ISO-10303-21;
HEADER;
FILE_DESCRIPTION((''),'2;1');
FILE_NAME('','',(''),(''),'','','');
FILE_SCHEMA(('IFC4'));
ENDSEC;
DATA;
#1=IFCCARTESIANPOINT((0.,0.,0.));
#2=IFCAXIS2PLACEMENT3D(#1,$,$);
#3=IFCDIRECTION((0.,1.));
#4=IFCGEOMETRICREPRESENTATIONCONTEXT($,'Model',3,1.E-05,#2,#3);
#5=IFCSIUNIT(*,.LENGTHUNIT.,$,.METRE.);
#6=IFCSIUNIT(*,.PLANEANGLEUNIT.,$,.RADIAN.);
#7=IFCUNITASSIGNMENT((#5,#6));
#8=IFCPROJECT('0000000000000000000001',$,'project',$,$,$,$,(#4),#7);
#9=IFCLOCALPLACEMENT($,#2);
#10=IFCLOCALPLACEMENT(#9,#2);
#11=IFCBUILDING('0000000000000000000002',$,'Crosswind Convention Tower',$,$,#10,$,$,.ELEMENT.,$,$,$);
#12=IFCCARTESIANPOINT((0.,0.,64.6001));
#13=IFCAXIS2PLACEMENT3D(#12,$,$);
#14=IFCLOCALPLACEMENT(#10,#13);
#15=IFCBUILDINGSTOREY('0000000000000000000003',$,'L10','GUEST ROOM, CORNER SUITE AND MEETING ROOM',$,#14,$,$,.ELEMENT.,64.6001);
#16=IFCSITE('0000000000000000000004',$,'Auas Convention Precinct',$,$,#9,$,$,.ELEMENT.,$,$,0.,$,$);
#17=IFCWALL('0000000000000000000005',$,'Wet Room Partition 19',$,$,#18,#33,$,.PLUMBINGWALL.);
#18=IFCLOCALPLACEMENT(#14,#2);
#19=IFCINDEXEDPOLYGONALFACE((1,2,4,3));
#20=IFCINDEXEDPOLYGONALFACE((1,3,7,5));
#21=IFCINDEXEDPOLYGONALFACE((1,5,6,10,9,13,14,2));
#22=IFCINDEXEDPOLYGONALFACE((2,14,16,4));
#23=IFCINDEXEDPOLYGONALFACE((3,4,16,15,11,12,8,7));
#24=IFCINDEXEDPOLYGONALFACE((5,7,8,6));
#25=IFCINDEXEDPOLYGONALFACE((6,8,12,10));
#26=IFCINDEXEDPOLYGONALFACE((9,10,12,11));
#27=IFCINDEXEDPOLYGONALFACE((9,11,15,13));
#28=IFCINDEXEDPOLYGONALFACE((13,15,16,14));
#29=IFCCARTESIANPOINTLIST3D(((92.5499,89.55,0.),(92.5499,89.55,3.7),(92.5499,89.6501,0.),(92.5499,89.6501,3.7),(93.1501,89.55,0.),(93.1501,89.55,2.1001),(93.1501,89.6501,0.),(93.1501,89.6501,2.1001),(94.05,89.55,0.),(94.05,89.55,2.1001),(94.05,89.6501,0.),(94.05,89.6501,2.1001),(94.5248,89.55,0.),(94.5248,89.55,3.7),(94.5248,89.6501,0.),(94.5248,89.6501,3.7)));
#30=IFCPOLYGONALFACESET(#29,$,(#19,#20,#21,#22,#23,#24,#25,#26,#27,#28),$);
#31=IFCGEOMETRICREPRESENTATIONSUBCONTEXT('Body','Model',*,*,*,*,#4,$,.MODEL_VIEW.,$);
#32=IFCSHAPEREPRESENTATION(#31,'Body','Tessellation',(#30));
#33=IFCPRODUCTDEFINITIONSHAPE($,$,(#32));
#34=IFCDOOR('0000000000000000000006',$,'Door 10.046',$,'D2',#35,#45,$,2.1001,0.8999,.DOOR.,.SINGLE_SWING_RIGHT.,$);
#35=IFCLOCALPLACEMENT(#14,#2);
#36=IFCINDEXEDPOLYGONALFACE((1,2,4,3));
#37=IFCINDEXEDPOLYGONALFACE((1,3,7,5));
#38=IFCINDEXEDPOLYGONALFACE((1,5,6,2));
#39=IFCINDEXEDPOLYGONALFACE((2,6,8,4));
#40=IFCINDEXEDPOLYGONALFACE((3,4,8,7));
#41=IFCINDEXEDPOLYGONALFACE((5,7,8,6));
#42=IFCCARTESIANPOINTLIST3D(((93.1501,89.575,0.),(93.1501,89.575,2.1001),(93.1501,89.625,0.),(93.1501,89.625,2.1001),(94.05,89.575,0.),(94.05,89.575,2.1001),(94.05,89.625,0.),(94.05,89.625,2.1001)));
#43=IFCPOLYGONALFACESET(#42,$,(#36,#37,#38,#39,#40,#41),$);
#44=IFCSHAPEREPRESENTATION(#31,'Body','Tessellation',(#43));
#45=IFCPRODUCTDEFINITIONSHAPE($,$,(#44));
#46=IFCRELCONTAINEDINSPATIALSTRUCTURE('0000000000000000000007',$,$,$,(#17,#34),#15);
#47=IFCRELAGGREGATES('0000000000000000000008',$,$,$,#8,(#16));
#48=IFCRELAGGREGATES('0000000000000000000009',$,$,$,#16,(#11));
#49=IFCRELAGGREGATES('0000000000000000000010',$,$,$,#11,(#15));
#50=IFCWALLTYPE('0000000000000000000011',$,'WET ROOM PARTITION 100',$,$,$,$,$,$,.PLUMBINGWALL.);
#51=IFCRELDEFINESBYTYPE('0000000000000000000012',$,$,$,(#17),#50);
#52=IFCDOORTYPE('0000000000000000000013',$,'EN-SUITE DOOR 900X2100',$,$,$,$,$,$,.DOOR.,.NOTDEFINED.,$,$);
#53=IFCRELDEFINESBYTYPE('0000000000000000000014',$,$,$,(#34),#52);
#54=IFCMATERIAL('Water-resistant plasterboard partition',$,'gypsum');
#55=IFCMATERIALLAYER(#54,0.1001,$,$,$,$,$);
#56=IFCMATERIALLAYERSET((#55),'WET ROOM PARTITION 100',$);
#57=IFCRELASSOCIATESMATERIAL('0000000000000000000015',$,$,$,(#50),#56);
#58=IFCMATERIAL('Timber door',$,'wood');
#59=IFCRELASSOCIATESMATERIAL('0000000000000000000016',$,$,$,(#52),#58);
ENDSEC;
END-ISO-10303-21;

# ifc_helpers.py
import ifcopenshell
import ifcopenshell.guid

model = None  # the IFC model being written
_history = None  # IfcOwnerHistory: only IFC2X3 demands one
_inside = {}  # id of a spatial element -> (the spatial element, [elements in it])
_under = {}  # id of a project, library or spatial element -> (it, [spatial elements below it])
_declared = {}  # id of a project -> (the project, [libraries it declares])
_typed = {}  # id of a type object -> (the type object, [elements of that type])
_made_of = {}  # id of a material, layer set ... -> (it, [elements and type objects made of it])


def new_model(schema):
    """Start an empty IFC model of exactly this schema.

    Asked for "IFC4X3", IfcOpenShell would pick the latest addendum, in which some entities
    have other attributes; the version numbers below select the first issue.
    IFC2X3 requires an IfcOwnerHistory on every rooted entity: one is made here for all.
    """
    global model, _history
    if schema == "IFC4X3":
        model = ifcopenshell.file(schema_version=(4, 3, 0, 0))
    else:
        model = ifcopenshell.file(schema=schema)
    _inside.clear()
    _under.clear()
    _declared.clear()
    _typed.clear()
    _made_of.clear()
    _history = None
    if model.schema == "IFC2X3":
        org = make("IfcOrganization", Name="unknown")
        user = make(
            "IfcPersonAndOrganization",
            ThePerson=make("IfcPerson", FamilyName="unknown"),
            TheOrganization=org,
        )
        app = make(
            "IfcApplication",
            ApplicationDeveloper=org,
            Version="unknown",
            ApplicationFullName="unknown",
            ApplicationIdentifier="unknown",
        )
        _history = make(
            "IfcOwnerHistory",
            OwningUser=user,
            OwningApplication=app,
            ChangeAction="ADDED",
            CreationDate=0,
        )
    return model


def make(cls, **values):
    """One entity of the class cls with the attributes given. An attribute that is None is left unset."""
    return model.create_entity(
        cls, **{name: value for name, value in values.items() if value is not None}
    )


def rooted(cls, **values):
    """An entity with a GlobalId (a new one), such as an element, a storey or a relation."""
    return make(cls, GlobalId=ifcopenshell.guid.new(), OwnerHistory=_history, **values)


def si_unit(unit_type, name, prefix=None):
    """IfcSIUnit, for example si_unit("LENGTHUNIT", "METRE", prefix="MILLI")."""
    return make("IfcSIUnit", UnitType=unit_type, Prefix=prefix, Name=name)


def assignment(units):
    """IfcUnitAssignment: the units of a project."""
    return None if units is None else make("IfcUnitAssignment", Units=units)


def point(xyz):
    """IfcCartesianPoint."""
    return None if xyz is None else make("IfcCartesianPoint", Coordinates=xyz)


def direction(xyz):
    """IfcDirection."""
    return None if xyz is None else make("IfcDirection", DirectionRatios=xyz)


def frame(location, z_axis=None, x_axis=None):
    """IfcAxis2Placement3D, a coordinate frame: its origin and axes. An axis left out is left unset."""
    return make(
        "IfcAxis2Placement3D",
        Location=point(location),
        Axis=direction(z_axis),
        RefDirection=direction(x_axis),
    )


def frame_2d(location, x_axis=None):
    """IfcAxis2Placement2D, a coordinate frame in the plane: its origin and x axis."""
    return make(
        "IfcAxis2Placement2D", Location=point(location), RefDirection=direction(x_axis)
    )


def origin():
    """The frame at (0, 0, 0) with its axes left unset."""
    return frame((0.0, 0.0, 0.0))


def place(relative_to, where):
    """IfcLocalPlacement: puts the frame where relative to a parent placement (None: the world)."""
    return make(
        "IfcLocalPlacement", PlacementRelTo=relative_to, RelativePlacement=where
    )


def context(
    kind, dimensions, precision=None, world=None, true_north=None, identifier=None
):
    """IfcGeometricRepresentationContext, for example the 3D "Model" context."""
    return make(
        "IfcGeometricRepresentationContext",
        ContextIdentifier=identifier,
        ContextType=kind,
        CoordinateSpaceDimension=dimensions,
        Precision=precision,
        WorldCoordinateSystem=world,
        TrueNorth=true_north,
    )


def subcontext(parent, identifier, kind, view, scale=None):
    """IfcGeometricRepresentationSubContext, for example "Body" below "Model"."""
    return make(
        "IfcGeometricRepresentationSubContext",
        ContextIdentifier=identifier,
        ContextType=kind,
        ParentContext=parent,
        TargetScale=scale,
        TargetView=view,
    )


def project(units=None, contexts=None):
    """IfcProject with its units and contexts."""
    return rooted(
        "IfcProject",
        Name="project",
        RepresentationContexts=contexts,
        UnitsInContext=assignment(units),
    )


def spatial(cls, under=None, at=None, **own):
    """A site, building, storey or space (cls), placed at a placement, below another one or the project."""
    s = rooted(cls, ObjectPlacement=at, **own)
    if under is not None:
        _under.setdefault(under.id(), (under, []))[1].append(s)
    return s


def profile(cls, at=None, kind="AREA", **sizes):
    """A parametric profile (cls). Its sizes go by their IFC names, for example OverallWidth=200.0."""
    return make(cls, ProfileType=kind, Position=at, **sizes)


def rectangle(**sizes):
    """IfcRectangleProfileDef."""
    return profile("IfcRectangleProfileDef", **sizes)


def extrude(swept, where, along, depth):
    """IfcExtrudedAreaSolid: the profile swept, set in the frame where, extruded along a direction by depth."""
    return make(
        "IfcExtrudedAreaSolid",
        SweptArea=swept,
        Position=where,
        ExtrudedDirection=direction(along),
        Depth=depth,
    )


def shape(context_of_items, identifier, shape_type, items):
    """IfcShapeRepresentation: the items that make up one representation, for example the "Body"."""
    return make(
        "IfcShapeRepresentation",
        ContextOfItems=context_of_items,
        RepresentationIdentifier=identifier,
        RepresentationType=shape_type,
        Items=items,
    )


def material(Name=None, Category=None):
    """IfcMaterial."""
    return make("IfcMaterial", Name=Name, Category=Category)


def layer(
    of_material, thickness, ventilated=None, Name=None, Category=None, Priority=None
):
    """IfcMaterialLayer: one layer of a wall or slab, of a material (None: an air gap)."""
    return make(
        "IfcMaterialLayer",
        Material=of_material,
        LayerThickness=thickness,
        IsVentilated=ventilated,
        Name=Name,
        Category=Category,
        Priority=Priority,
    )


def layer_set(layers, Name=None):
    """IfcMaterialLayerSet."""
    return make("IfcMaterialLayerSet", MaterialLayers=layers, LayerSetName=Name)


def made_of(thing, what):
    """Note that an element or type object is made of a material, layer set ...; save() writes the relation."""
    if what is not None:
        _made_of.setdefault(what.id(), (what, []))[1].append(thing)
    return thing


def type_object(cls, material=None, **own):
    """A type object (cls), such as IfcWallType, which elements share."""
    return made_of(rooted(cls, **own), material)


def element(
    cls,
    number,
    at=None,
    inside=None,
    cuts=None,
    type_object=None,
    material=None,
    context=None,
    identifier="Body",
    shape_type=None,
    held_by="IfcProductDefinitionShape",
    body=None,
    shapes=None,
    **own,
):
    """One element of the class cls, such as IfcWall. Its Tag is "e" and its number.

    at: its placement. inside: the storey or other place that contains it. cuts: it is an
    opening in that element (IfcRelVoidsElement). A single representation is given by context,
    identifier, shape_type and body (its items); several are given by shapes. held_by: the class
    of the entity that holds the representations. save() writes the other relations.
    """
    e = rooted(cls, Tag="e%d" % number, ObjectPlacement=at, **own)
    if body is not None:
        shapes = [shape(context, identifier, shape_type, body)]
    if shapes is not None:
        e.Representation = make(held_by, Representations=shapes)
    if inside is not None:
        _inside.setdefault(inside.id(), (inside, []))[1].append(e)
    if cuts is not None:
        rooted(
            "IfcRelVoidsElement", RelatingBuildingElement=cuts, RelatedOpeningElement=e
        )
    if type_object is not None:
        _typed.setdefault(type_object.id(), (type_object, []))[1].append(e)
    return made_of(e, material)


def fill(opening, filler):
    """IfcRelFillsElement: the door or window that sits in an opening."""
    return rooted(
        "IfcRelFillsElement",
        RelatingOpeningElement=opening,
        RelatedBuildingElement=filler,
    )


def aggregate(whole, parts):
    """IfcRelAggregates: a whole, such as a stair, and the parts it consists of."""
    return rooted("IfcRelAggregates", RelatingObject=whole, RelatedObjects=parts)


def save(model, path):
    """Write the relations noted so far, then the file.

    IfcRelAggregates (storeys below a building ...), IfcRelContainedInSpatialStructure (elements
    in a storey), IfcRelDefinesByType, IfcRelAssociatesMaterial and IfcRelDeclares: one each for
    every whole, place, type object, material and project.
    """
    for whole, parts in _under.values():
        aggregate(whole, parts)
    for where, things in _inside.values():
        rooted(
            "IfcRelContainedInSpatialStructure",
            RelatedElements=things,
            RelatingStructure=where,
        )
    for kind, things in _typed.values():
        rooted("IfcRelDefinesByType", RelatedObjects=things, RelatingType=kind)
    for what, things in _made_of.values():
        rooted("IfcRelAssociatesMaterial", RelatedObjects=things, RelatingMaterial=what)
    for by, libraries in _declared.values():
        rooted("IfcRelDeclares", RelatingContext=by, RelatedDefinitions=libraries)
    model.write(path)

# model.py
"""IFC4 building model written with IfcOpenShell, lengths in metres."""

from ifc_helpers import new_model, si_unit, direction, frame, frame_2d, origin, place, context, subcontext, project, spatial, rectangle, extrude, material, layer, layer_set, type_object, element, fill, save


model = new_model("IFC4")

# Units and contexts
model_context = context("Model", 3, precision=1e-05, world=origin(), true_north=direction((0.0, 1.0)))
body_context = subcontext(model_context, "Body", "Model", "MODEL_VIEW")
ifc_project = project(units=[si_unit("LENGTHUNIT", "METRE"), si_unit("PLANEANGLEUNIT", "RADIAN")], contexts=[model_context])

# Site, building, storey
site_placement = place(None, origin())
site = spatial("IfcSite", under=ifc_project, at=site_placement, Name="Auas Convention Precinct", CompositionType="ELEMENT", RefElevation=0.0)
building_placement = place(site_placement, origin())
building = spatial("IfcBuilding", under=site, at=building_placement, Name="Crosswind Convention Tower", CompositionType="ELEMENT")
storey_placement = place(building_placement, frame((0.0, 0.0, 64.6001)))
storey = spatial("IfcBuildingStorey", under=building, at=storey_placement, Name="L10", Description="GUEST ROOM, CORNER SUITE AND MEETING ROOM", CompositionType="ELEMENT", Elevation=64.6001)

# Wall, opening, door
ifc_material_1 = material(Name="Water-resistant plasterboard partition", Category="gypsum")
ifc_layer_1 = layer(ifc_material_1, 0.1001)
ifc_layer_set_1 = layer_set([ifc_layer_1], Name="WET ROOM PARTITION 100")
wall_type_1 = type_object("IfcWallType", Name="WET ROOM PARTITION 100", PredefinedType="PLUMBINGWALL", material=ifc_layer_set_1)
wall_1_placement = place(storey_placement, frame((92.55, 89.6001, 0.0), z_axis=(0.0, 0.0, 1.0), x_axis=(1.0, 0.0, 0.0)))
wall_1 = element("IfcWall", 1, at=wall_1_placement, inside=storey, type_object=wall_type_1, Name="Wet Room Partition 19", PredefinedType="PLUMBINGWALL", context=body_context, shape_type="SweptSolid", body=[
    extrude(rectangle(XDim=1.9749, YDim=0.1001, at=frame_2d((0.9873, 0.0))), origin(), (0.0, 0.0, 1.0), 3.7),
])
opening_placement = place(wall_1_placement, frame((0.6001, 0.0, 0.0)))
opening = element("IfcOpeningElement", 2, at=opening_placement, cuts=wall_1, PredefinedType="OPENING", context=body_context, shape_type="SweptSolid", body=[
    extrude(rectangle(XDim=0.8999, YDim=2.1001, at=frame_2d((0.45, 1.05))), frame((0.0, 0.0601, 0.0), z_axis=(0.0, -1.0, 0.0), x_axis=(1.0, 0.0, 0.0)), (0.0, 0.0, 1.0), 0.1201),
])
ifc_material_2 = material(Name="Timber door", Category="wood")
door_type = type_object("IfcDoorType", Name="EN-SUITE DOOR 900X2100", OperationType="NOTDEFINED", PredefinedType="DOOR", material=ifc_material_2)
door_placement = place(opening_placement, origin())
door = element("IfcDoor", 3, at=door_placement, inside=storey, type_object=door_type, Name="Door 10.046", ObjectType="D2", OperationType="SINGLE_SWING_RIGHT", OverallHeight=2.1001, OverallWidth=0.8999, PredefinedType="DOOR", context=body_context, shape_type="SweptSolid", body=[
    extrude(rectangle(XDim=0.8999, YDim=2.1001, at=frame_2d((0.45, 1.05))), frame((0.0, 0.0249, 0.0), z_axis=(0.0, -1.0, 0.0), x_axis=(1.0, 0.0, 0.0)), (0.0, 0.0, 1.0), 0.05),
])
fill(opening, door)

save(model, "model.ifc")
